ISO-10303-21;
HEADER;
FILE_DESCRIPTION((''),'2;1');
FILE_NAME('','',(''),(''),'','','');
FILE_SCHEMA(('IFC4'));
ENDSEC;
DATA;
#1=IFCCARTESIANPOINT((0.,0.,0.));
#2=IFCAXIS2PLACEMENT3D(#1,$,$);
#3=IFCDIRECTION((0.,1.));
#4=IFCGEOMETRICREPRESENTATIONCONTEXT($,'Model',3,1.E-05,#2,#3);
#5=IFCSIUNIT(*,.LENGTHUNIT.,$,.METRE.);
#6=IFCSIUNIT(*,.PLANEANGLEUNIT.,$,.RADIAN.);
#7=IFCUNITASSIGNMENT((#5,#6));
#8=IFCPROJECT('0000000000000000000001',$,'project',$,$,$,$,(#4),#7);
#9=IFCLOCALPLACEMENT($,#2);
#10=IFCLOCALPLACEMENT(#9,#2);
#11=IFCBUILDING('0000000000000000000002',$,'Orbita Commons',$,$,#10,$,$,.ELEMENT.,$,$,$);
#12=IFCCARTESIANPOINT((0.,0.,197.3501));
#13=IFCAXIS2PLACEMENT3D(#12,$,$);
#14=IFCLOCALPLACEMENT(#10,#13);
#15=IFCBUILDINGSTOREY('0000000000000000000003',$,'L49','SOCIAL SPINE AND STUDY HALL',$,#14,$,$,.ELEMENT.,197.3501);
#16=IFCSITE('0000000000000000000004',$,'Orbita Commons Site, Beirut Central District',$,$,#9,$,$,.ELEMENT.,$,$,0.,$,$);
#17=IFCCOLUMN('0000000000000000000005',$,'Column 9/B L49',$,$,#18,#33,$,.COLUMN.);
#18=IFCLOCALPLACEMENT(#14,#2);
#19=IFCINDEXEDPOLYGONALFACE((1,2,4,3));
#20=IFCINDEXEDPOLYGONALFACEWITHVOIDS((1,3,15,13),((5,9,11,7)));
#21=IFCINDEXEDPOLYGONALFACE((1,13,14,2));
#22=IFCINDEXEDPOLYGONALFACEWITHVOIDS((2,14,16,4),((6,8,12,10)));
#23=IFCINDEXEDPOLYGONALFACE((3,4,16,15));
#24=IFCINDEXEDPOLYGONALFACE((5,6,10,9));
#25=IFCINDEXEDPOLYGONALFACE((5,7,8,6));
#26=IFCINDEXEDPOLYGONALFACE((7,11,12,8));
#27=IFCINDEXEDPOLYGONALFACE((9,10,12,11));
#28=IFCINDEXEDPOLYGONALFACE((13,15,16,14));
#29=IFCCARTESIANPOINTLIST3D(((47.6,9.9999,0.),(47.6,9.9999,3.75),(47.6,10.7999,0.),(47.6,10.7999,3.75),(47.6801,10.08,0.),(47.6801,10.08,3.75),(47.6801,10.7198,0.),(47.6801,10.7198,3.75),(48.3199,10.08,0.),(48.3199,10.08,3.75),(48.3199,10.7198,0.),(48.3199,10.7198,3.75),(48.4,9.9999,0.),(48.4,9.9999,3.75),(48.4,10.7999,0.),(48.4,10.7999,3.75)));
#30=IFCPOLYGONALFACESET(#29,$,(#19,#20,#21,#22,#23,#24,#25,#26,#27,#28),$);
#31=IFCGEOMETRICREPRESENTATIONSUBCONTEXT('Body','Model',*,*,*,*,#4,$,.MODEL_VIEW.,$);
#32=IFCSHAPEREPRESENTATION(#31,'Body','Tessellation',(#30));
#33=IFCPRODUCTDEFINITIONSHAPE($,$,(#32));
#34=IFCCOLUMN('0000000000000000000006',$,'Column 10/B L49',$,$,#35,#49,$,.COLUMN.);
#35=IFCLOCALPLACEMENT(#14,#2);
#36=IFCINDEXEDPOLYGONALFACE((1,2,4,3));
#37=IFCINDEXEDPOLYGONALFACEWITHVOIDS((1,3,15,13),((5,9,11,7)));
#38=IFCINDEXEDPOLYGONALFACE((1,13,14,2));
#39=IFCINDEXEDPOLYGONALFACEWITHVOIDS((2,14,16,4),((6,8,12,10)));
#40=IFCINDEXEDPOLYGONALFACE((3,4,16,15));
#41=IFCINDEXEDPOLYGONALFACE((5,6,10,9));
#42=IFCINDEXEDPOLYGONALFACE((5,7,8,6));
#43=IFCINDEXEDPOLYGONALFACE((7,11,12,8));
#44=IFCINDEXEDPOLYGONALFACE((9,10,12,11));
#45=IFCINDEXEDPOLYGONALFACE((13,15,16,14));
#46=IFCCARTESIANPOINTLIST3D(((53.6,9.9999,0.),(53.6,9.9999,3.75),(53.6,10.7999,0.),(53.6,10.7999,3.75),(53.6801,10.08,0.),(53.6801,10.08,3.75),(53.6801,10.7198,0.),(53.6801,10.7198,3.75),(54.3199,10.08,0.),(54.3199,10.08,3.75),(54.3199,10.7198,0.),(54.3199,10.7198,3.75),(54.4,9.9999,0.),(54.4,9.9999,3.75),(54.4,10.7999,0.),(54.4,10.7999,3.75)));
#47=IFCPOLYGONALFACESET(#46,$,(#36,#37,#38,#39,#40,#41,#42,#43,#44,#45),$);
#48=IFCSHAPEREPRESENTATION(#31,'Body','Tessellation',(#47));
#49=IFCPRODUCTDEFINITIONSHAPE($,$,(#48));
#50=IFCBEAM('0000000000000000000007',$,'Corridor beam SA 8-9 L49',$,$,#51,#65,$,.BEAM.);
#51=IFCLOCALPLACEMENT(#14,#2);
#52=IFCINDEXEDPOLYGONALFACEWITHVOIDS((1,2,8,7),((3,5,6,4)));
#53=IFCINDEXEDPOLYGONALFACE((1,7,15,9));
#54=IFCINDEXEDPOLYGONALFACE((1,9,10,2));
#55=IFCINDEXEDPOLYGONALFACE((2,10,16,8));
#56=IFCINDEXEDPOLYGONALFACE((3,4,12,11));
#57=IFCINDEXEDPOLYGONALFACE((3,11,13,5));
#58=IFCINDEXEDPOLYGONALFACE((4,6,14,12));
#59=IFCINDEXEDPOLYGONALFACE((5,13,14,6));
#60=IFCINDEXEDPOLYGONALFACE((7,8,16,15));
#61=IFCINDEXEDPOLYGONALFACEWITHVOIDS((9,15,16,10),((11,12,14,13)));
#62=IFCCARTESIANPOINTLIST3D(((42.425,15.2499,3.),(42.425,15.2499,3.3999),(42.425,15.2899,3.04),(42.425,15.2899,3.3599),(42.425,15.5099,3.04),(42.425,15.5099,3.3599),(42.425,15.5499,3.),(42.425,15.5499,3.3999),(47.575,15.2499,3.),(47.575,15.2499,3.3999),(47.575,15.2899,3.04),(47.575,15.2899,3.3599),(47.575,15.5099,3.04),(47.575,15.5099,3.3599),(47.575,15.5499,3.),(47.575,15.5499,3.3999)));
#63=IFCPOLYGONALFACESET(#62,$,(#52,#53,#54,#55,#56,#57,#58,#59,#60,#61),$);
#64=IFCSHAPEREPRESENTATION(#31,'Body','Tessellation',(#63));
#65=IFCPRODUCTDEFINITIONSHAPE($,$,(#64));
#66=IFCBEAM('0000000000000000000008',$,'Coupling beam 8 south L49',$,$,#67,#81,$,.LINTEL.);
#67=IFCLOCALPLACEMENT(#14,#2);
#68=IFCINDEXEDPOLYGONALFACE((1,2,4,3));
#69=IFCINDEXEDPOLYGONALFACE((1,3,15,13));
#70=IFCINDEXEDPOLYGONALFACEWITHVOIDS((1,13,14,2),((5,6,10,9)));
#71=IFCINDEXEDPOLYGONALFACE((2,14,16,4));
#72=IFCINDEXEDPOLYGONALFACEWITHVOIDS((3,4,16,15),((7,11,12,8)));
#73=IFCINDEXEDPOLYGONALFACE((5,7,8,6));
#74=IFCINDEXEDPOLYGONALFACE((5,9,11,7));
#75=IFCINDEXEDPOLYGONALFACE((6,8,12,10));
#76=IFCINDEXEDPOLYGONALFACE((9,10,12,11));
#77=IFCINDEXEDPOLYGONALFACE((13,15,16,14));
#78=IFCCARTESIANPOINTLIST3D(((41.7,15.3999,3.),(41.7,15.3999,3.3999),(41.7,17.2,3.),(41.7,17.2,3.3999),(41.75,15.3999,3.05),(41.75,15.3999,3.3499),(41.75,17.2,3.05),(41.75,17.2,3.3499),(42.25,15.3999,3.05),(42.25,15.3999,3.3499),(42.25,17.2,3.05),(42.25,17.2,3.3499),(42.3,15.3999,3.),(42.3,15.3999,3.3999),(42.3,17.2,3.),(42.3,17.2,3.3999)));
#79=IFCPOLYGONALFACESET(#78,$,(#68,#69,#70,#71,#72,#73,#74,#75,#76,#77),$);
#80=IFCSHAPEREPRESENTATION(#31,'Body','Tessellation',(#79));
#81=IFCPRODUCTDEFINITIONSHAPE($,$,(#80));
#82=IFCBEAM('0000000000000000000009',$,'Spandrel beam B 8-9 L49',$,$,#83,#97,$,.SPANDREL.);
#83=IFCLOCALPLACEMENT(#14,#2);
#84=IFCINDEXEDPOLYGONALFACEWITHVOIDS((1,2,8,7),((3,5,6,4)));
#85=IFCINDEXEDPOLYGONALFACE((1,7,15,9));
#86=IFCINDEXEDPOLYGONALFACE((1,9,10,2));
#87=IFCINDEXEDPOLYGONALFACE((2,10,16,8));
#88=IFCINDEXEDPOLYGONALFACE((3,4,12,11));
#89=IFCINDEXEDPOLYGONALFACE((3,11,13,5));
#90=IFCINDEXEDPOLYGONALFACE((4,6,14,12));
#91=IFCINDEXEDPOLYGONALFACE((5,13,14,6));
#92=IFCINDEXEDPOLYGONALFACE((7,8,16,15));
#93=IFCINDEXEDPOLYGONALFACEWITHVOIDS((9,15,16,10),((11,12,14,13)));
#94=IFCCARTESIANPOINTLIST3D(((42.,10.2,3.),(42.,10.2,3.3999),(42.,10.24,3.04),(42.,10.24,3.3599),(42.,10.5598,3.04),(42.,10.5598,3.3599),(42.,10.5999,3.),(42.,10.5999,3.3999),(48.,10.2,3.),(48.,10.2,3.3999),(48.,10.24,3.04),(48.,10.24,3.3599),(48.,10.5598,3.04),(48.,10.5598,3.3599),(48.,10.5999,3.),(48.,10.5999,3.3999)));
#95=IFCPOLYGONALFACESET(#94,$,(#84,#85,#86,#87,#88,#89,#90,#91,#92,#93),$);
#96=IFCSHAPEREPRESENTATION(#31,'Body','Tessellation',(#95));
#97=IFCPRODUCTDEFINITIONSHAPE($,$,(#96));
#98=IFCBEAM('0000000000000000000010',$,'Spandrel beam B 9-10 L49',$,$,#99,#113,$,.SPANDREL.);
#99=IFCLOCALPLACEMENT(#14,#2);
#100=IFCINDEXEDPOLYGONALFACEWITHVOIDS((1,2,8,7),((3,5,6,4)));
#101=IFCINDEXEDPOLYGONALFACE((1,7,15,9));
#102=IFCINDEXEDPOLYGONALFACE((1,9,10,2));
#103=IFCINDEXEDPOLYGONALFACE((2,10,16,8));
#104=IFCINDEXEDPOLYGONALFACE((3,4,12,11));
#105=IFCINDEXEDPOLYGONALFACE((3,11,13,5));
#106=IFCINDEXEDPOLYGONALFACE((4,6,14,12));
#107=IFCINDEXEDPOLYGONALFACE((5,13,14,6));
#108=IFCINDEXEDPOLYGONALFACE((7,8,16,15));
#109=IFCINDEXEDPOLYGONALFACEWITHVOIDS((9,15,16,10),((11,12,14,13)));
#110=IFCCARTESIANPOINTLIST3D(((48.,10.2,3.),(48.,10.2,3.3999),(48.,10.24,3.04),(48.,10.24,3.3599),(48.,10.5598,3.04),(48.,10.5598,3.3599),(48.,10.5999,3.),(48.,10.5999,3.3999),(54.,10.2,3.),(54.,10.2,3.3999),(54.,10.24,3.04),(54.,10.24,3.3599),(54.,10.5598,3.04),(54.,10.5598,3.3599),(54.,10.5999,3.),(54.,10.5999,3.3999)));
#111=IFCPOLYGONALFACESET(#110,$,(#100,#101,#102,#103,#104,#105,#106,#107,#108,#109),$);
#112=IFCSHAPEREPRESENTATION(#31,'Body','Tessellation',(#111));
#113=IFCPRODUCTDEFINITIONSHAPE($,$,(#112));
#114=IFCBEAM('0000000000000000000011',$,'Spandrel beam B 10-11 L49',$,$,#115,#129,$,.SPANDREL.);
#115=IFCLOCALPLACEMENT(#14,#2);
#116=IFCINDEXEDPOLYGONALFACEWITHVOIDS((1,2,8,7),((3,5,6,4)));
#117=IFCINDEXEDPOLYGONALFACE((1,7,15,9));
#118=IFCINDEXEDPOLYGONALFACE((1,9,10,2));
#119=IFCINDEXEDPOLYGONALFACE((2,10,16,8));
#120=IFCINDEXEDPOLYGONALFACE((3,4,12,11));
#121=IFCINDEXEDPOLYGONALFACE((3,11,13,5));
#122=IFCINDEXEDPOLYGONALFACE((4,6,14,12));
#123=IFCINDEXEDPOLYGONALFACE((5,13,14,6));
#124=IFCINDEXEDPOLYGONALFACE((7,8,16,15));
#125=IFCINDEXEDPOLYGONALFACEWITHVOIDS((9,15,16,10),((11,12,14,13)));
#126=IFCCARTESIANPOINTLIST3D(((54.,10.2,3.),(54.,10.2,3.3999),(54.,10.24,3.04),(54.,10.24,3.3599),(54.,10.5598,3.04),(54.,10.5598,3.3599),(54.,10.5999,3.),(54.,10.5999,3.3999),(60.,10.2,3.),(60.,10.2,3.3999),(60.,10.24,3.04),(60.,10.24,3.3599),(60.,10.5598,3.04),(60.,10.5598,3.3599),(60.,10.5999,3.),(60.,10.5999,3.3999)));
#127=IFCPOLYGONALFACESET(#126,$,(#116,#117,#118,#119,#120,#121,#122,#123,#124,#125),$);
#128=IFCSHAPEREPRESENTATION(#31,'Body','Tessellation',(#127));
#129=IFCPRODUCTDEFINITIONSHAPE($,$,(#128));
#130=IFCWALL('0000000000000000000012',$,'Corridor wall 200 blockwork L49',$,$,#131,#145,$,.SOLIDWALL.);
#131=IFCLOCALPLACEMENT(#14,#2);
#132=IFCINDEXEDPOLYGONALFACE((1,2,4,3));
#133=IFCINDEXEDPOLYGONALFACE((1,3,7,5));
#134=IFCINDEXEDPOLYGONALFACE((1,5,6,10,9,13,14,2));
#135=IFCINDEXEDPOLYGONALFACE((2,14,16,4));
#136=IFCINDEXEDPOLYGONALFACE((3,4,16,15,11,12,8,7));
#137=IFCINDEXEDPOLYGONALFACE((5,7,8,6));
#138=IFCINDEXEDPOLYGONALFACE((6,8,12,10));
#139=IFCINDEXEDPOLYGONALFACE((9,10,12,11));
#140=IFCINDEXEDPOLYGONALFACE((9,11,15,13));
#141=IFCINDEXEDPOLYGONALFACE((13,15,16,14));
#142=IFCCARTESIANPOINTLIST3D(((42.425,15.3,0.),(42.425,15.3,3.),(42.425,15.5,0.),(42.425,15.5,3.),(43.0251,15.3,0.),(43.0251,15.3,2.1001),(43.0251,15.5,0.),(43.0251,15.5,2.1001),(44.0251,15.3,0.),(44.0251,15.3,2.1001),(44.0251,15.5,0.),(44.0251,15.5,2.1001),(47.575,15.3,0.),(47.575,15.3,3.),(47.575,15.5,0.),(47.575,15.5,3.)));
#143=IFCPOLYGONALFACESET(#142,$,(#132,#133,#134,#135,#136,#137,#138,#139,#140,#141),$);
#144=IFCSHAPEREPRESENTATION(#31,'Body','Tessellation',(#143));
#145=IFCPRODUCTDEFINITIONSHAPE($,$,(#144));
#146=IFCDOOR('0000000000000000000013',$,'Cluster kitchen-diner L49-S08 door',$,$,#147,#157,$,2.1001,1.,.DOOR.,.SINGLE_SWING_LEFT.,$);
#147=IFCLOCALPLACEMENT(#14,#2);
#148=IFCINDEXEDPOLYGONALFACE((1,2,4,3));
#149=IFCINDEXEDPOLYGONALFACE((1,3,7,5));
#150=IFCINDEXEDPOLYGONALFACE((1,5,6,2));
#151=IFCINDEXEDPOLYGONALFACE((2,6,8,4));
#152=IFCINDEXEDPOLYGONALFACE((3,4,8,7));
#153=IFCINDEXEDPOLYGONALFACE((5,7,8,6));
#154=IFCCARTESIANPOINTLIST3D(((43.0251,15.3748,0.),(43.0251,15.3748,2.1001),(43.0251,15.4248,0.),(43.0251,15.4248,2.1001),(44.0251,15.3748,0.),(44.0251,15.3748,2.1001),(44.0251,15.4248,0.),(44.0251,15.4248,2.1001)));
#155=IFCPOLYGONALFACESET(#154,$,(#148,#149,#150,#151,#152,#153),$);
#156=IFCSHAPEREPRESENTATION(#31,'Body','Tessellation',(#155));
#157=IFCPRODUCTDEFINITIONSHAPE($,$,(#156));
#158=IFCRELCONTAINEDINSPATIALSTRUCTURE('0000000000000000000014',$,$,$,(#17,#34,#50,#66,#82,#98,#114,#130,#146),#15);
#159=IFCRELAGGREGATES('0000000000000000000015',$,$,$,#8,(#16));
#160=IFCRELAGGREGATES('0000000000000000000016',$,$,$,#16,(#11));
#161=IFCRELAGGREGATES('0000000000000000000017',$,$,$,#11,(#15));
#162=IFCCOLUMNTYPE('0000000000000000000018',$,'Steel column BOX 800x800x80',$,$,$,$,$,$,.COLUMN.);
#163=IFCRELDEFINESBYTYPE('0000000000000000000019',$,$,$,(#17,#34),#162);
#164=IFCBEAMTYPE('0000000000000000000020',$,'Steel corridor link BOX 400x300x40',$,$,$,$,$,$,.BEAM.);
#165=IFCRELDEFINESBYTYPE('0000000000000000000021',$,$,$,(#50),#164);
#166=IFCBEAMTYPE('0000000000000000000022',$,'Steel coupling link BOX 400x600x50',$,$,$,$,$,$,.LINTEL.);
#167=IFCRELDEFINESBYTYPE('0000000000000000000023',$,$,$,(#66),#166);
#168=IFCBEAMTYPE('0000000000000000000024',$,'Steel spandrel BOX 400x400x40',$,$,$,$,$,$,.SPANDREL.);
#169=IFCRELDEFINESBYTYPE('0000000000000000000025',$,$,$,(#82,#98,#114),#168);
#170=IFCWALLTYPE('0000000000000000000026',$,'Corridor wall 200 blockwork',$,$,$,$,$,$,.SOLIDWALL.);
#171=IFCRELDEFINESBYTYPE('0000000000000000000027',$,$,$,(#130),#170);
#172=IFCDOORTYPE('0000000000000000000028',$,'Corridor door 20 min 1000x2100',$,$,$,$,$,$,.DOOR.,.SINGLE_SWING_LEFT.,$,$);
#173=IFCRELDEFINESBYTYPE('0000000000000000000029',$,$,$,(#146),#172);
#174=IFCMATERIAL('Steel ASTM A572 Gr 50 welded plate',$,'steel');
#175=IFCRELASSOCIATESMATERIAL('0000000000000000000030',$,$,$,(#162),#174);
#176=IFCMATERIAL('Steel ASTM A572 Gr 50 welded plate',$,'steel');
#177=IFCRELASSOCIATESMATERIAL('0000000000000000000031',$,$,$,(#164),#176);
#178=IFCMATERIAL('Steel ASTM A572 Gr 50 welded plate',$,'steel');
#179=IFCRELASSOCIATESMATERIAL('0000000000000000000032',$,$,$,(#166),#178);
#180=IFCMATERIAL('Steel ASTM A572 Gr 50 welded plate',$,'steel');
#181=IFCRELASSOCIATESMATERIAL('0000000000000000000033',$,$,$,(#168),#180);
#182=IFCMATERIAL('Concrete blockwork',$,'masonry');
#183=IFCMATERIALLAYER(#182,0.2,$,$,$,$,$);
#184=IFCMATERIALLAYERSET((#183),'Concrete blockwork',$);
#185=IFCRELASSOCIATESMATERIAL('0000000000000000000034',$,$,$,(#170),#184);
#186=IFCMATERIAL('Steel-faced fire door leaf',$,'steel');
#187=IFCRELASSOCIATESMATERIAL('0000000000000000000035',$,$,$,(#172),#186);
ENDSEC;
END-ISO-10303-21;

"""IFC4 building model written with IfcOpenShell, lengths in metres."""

from ifc_helpers import new_model, si_unit, direction, frame, frame_2d, origin, origin_2d, place, context, subcontext, project, spatial, polyline, rectangle, hollow_rectangle, outline, extrude, material, layer, layer_set, material_profile, profile_set, type_object, element, fill, save


model = new_model("IFC4")

# Units and contexts
model_context = context("Model", 3, precision=1e-05, world=origin(), true_north=direction((0.0, 1.0)))
body_context = subcontext(model_context, "Body", "Model", "MODEL_VIEW")
ifc_project = project(units=[si_unit("LENGTHUNIT", "METRE"), si_unit("PLANEANGLEUNIT", "RADIAN")], contexts=[model_context])

# Site, building, storey
site_placement = place(None, origin())
site = spatial("IfcSite", under=ifc_project, at=site_placement, Name="Orbita Commons Site, Beirut Central District", CompositionType="ELEMENT", RefElevation=0.0)
building_placement = place(site_placement, origin())
building = spatial("IfcBuilding", under=site, at=building_placement, Name="Orbita Commons", CompositionType="ELEMENT")
storey_placement = place(building_placement, frame((0.0, 0.0, 197.3501)))
storey = spatial("IfcBuildingStorey", under=building, at=storey_placement, Name="L49", Description="SOCIAL SPINE AND STUDY HALL", CompositionType="ELEMENT", Elevation=197.3501)

# Columns
ifc_material_1 = material(Name="Steel ASTM A572 Gr 50 welded plate", Category="steel")
ifc_material_profile_1 = material_profile(ifc_material_1, hollow_rectangle(XDim=0.8, YDim=0.8, WallThickness=0.0801, at=origin_2d()), Name="BOX 800x800x80")
ifc_profile_set_1 = profile_set([ifc_material_profile_1], Name="Steel ASTM A572 Gr 50 welded plate")
column_type = type_object("IfcColumnType", Name="Steel column BOX 800x800x80", PredefinedType="COLUMN", material=ifc_profile_set_1)
for number, where, z_axis, x_axis, name in (
    (1, (48.0, 10.3999, 0.0), (0.0, 0.0, 1.0), (1.0, 0.0, 0.0), "Column 9/B L49"),
    (2, (54.0, 10.3999, 0.0), (0.0, 0.0, 1.0), (1.0, 0.0, 0.0), "Column 10/B L49"),
):
    element("IfcColumn", number, at=place(storey_placement, frame(where, z_axis=z_axis, x_axis=x_axis)), inside=storey, type_object=column_type, Name=name, PredefinedType="COLUMN", context=body_context, shape_type="SweptSolid", body=[
        extrude(hollow_rectangle(XDim=0.8, YDim=0.8, WallThickness=0.0801, at=origin_2d()), origin(), (0.0, 0.0, 1.0), 3.75),
    ])

# Beams
ifc_material_2 = material(Name="Steel ASTM A572 Gr 50 welded plate", Category="steel")
ifc_material_profile_2 = material_profile(ifc_material_2, hollow_rectangle(XDim=0.3, YDim=0.3999, WallThickness=0.04, at=origin_2d()), Name="BOX 400x300x40")
ifc_profile_set_2 = profile_set([ifc_material_profile_2], Name="Steel ASTM A572 Gr 50 welded plate")
beam_type_1 = type_object("IfcBeamType", Name="Steel corridor link BOX 400x300x40", PredefinedType="BEAM", material=ifc_profile_set_2)
beam_1_placement = place(storey_placement, frame((42.425, 15.3999, 3.2), z_axis=(1.0, 0.0, 0.0), x_axis=(0.0, 1.0, 0.0)))
element("IfcBeam", 3, at=beam_1_placement, inside=storey, type_object=beam_type_1, Name="Corridor beam SA 8-9 L49", PredefinedType="BEAM", context=body_context, shape_type="SweptSolid", body=[
    extrude(hollow_rectangle(XDim=0.3, YDim=0.3999, WallThickness=0.04, at=origin_2d()), origin(), (0.0, 0.0, 1.0), 5.1499),
])
ifc_material_3 = material(Name="Steel ASTM A572 Gr 50 welded plate", Category="steel")
ifc_material_profile_3 = material_profile(ifc_material_3, hollow_rectangle(XDim=0.6001, YDim=0.3999, WallThickness=0.05, at=origin_2d()), Name="BOX 400x600x50")
ifc_profile_set_3 = profile_set([ifc_material_profile_3], Name="Steel ASTM A572 Gr 50 welded plate")
beam_type_2 = type_object("IfcBeamType", Name="Steel coupling link BOX 400x600x50", PredefinedType="LINTEL", material=ifc_profile_set_3)
beam_2_placement = place(storey_placement, frame((42.0, 15.3999, 3.2), z_axis=(0.0, 1.0, 0.0), x_axis=(-1.0, 0.0, 0.0)))
element("IfcBeam", 4, at=beam_2_placement, inside=storey, type_object=beam_type_2, Name="Coupling beam 8 south L49", PredefinedType="LINTEL", context=body_context, shape_type="SweptSolid", body=[
    extrude(hollow_rectangle(XDim=0.6001, YDim=0.3999, WallThickness=0.05, at=origin_2d()), origin(), (0.0, 0.0, 1.0), 1.8),
])
ifc_material_4 = material(Name="Steel ASTM A572 Gr 50 welded plate", Category="steel")
ifc_material_profile_4 = material_profile(ifc_material_4, hollow_rectangle(XDim=0.3999, YDim=0.3999, WallThickness=0.04, at=origin_2d()), Name="BOX 400x400x40")
ifc_profile_set_4 = profile_set([ifc_material_profile_4], Name="Steel ASTM A572 Gr 50 welded plate")
beam_type_3 = type_object("IfcBeamType", Name="Steel spandrel BOX 400x400x40", PredefinedType="SPANDREL", material=ifc_profile_set_4)
for number, where, z_axis, x_axis, name in (
    (5, (42.0, 10.3999, 3.2), (1.0, 0.0, 0.0), (0.0, 1.0, 0.0), "Spandrel beam B 8-9 L49"),
    (6, (48.0, 10.3999, 3.2), (1.0, 0.0, 0.0), (0.0, 1.0, 0.0), "Spandrel beam B 9-10 L49"),
    (7, (54.0, 10.3999, 3.2), (1.0, 0.0, 0.0), (0.0, 1.0, 0.0), "Spandrel beam B 10-11 L49"),
):
    element("IfcBeam", number, at=place(storey_placement, frame(where, z_axis=z_axis, x_axis=x_axis)), inside=storey, type_object=beam_type_3, Name=name, PredefinedType="SPANDREL", context=body_context, shape_type="SweptSolid", body=[
        extrude(hollow_rectangle(XDim=0.3999, YDim=0.3999, WallThickness=0.04, at=origin_2d()), origin(), (0.0, 0.0, 1.0), 6.0),
    ])

# Wall, opening, door
ifc_material_5 = material(Name="Concrete blockwork", Category="masonry")
ifc_layer_1 = layer(ifc_material_5, 0.2)
ifc_layer_set_1 = layer_set([ifc_layer_1], Name="Concrete blockwork")
wall_type_1 = type_object("IfcWallType", Name="Corridor wall 200 blockwork", PredefinedType="SOLIDWALL", material=ifc_layer_set_1)
wall_1_placement = place(storey_placement, frame((42.425, 15.3999, 0.0), z_axis=(0.0, 0.0, 1.0), x_axis=(1.0, 0.0, 0.0)))
wall_1 = element("IfcWall", 8, at=wall_1_placement, inside=storey, type_object=wall_type_1, Name="Corridor wall 200 blockwork L49", PredefinedType="SOLIDWALL", context=body_context, shape_type="SweptSolid", body=[
    extrude(outline(polyline([(0.0, 0.0), (5.1499, 0.0), (5.1499, 3.0), (0.0, 3.0), (0.0, 0.0)])), frame((0.0, 0.1001, 0.0), z_axis=(0.0, -1.0, 0.0), x_axis=(1.0, 0.0, 0.0)), (0.0, 0.0, 1.0), 0.2),
])
opening_1_placement = place(wall_1_placement, frame((0.6001, 0.0, 0.0)))
opening_1 = element("IfcOpeningElement", 9, at=opening_1_placement, cuts=wall_1, PredefinedType="OPENING", context=body_context, shape_type="SweptSolid", body=[
    extrude(rectangle(XDim=1.0, YDim=2.1001, at=frame_2d((0.5, 1.05))), frame((0.0, 0.1099, 0.0), z_axis=(0.0, -1.0, 0.0), x_axis=(1.0, 0.0, 0.0)), (0.0, 0.0, 1.0), 0.22),
])
ifc_material_6 = material(Name="Steel-faced fire door leaf", Category="steel")
door_type_1 = type_object("IfcDoorType", Name="Corridor door 20 min 1000x2100", OperationType="SINGLE_SWING_LEFT", PredefinedType="DOOR", material=ifc_material_6)
door_1_placement = place(opening_1_placement, origin())
door_1 = element("IfcDoor", 10, at=door_1_placement, inside=storey, type_object=door_type_1, Name="Cluster kitchen-diner L49-S08 door", OperationType="SINGLE_SWING_LEFT", OverallHeight=2.1001, OverallWidth=1.0, PredefinedType="DOOR", context=body_context, shape_type="SweptSolid", body=[
    extrude(rectangle(XDim=1.0, YDim=2.1001, at=frame_2d((0.5, 1.05))), frame((0.0, 0.0249, 0.0), z_axis=(0.0, -1.0, 0.0), x_axis=(1.0, 0.0, 0.0)), (0.0, 0.0, 1.0), 0.05),
])
fill(opening_1, door_1)

save(model, "model.ifc")
